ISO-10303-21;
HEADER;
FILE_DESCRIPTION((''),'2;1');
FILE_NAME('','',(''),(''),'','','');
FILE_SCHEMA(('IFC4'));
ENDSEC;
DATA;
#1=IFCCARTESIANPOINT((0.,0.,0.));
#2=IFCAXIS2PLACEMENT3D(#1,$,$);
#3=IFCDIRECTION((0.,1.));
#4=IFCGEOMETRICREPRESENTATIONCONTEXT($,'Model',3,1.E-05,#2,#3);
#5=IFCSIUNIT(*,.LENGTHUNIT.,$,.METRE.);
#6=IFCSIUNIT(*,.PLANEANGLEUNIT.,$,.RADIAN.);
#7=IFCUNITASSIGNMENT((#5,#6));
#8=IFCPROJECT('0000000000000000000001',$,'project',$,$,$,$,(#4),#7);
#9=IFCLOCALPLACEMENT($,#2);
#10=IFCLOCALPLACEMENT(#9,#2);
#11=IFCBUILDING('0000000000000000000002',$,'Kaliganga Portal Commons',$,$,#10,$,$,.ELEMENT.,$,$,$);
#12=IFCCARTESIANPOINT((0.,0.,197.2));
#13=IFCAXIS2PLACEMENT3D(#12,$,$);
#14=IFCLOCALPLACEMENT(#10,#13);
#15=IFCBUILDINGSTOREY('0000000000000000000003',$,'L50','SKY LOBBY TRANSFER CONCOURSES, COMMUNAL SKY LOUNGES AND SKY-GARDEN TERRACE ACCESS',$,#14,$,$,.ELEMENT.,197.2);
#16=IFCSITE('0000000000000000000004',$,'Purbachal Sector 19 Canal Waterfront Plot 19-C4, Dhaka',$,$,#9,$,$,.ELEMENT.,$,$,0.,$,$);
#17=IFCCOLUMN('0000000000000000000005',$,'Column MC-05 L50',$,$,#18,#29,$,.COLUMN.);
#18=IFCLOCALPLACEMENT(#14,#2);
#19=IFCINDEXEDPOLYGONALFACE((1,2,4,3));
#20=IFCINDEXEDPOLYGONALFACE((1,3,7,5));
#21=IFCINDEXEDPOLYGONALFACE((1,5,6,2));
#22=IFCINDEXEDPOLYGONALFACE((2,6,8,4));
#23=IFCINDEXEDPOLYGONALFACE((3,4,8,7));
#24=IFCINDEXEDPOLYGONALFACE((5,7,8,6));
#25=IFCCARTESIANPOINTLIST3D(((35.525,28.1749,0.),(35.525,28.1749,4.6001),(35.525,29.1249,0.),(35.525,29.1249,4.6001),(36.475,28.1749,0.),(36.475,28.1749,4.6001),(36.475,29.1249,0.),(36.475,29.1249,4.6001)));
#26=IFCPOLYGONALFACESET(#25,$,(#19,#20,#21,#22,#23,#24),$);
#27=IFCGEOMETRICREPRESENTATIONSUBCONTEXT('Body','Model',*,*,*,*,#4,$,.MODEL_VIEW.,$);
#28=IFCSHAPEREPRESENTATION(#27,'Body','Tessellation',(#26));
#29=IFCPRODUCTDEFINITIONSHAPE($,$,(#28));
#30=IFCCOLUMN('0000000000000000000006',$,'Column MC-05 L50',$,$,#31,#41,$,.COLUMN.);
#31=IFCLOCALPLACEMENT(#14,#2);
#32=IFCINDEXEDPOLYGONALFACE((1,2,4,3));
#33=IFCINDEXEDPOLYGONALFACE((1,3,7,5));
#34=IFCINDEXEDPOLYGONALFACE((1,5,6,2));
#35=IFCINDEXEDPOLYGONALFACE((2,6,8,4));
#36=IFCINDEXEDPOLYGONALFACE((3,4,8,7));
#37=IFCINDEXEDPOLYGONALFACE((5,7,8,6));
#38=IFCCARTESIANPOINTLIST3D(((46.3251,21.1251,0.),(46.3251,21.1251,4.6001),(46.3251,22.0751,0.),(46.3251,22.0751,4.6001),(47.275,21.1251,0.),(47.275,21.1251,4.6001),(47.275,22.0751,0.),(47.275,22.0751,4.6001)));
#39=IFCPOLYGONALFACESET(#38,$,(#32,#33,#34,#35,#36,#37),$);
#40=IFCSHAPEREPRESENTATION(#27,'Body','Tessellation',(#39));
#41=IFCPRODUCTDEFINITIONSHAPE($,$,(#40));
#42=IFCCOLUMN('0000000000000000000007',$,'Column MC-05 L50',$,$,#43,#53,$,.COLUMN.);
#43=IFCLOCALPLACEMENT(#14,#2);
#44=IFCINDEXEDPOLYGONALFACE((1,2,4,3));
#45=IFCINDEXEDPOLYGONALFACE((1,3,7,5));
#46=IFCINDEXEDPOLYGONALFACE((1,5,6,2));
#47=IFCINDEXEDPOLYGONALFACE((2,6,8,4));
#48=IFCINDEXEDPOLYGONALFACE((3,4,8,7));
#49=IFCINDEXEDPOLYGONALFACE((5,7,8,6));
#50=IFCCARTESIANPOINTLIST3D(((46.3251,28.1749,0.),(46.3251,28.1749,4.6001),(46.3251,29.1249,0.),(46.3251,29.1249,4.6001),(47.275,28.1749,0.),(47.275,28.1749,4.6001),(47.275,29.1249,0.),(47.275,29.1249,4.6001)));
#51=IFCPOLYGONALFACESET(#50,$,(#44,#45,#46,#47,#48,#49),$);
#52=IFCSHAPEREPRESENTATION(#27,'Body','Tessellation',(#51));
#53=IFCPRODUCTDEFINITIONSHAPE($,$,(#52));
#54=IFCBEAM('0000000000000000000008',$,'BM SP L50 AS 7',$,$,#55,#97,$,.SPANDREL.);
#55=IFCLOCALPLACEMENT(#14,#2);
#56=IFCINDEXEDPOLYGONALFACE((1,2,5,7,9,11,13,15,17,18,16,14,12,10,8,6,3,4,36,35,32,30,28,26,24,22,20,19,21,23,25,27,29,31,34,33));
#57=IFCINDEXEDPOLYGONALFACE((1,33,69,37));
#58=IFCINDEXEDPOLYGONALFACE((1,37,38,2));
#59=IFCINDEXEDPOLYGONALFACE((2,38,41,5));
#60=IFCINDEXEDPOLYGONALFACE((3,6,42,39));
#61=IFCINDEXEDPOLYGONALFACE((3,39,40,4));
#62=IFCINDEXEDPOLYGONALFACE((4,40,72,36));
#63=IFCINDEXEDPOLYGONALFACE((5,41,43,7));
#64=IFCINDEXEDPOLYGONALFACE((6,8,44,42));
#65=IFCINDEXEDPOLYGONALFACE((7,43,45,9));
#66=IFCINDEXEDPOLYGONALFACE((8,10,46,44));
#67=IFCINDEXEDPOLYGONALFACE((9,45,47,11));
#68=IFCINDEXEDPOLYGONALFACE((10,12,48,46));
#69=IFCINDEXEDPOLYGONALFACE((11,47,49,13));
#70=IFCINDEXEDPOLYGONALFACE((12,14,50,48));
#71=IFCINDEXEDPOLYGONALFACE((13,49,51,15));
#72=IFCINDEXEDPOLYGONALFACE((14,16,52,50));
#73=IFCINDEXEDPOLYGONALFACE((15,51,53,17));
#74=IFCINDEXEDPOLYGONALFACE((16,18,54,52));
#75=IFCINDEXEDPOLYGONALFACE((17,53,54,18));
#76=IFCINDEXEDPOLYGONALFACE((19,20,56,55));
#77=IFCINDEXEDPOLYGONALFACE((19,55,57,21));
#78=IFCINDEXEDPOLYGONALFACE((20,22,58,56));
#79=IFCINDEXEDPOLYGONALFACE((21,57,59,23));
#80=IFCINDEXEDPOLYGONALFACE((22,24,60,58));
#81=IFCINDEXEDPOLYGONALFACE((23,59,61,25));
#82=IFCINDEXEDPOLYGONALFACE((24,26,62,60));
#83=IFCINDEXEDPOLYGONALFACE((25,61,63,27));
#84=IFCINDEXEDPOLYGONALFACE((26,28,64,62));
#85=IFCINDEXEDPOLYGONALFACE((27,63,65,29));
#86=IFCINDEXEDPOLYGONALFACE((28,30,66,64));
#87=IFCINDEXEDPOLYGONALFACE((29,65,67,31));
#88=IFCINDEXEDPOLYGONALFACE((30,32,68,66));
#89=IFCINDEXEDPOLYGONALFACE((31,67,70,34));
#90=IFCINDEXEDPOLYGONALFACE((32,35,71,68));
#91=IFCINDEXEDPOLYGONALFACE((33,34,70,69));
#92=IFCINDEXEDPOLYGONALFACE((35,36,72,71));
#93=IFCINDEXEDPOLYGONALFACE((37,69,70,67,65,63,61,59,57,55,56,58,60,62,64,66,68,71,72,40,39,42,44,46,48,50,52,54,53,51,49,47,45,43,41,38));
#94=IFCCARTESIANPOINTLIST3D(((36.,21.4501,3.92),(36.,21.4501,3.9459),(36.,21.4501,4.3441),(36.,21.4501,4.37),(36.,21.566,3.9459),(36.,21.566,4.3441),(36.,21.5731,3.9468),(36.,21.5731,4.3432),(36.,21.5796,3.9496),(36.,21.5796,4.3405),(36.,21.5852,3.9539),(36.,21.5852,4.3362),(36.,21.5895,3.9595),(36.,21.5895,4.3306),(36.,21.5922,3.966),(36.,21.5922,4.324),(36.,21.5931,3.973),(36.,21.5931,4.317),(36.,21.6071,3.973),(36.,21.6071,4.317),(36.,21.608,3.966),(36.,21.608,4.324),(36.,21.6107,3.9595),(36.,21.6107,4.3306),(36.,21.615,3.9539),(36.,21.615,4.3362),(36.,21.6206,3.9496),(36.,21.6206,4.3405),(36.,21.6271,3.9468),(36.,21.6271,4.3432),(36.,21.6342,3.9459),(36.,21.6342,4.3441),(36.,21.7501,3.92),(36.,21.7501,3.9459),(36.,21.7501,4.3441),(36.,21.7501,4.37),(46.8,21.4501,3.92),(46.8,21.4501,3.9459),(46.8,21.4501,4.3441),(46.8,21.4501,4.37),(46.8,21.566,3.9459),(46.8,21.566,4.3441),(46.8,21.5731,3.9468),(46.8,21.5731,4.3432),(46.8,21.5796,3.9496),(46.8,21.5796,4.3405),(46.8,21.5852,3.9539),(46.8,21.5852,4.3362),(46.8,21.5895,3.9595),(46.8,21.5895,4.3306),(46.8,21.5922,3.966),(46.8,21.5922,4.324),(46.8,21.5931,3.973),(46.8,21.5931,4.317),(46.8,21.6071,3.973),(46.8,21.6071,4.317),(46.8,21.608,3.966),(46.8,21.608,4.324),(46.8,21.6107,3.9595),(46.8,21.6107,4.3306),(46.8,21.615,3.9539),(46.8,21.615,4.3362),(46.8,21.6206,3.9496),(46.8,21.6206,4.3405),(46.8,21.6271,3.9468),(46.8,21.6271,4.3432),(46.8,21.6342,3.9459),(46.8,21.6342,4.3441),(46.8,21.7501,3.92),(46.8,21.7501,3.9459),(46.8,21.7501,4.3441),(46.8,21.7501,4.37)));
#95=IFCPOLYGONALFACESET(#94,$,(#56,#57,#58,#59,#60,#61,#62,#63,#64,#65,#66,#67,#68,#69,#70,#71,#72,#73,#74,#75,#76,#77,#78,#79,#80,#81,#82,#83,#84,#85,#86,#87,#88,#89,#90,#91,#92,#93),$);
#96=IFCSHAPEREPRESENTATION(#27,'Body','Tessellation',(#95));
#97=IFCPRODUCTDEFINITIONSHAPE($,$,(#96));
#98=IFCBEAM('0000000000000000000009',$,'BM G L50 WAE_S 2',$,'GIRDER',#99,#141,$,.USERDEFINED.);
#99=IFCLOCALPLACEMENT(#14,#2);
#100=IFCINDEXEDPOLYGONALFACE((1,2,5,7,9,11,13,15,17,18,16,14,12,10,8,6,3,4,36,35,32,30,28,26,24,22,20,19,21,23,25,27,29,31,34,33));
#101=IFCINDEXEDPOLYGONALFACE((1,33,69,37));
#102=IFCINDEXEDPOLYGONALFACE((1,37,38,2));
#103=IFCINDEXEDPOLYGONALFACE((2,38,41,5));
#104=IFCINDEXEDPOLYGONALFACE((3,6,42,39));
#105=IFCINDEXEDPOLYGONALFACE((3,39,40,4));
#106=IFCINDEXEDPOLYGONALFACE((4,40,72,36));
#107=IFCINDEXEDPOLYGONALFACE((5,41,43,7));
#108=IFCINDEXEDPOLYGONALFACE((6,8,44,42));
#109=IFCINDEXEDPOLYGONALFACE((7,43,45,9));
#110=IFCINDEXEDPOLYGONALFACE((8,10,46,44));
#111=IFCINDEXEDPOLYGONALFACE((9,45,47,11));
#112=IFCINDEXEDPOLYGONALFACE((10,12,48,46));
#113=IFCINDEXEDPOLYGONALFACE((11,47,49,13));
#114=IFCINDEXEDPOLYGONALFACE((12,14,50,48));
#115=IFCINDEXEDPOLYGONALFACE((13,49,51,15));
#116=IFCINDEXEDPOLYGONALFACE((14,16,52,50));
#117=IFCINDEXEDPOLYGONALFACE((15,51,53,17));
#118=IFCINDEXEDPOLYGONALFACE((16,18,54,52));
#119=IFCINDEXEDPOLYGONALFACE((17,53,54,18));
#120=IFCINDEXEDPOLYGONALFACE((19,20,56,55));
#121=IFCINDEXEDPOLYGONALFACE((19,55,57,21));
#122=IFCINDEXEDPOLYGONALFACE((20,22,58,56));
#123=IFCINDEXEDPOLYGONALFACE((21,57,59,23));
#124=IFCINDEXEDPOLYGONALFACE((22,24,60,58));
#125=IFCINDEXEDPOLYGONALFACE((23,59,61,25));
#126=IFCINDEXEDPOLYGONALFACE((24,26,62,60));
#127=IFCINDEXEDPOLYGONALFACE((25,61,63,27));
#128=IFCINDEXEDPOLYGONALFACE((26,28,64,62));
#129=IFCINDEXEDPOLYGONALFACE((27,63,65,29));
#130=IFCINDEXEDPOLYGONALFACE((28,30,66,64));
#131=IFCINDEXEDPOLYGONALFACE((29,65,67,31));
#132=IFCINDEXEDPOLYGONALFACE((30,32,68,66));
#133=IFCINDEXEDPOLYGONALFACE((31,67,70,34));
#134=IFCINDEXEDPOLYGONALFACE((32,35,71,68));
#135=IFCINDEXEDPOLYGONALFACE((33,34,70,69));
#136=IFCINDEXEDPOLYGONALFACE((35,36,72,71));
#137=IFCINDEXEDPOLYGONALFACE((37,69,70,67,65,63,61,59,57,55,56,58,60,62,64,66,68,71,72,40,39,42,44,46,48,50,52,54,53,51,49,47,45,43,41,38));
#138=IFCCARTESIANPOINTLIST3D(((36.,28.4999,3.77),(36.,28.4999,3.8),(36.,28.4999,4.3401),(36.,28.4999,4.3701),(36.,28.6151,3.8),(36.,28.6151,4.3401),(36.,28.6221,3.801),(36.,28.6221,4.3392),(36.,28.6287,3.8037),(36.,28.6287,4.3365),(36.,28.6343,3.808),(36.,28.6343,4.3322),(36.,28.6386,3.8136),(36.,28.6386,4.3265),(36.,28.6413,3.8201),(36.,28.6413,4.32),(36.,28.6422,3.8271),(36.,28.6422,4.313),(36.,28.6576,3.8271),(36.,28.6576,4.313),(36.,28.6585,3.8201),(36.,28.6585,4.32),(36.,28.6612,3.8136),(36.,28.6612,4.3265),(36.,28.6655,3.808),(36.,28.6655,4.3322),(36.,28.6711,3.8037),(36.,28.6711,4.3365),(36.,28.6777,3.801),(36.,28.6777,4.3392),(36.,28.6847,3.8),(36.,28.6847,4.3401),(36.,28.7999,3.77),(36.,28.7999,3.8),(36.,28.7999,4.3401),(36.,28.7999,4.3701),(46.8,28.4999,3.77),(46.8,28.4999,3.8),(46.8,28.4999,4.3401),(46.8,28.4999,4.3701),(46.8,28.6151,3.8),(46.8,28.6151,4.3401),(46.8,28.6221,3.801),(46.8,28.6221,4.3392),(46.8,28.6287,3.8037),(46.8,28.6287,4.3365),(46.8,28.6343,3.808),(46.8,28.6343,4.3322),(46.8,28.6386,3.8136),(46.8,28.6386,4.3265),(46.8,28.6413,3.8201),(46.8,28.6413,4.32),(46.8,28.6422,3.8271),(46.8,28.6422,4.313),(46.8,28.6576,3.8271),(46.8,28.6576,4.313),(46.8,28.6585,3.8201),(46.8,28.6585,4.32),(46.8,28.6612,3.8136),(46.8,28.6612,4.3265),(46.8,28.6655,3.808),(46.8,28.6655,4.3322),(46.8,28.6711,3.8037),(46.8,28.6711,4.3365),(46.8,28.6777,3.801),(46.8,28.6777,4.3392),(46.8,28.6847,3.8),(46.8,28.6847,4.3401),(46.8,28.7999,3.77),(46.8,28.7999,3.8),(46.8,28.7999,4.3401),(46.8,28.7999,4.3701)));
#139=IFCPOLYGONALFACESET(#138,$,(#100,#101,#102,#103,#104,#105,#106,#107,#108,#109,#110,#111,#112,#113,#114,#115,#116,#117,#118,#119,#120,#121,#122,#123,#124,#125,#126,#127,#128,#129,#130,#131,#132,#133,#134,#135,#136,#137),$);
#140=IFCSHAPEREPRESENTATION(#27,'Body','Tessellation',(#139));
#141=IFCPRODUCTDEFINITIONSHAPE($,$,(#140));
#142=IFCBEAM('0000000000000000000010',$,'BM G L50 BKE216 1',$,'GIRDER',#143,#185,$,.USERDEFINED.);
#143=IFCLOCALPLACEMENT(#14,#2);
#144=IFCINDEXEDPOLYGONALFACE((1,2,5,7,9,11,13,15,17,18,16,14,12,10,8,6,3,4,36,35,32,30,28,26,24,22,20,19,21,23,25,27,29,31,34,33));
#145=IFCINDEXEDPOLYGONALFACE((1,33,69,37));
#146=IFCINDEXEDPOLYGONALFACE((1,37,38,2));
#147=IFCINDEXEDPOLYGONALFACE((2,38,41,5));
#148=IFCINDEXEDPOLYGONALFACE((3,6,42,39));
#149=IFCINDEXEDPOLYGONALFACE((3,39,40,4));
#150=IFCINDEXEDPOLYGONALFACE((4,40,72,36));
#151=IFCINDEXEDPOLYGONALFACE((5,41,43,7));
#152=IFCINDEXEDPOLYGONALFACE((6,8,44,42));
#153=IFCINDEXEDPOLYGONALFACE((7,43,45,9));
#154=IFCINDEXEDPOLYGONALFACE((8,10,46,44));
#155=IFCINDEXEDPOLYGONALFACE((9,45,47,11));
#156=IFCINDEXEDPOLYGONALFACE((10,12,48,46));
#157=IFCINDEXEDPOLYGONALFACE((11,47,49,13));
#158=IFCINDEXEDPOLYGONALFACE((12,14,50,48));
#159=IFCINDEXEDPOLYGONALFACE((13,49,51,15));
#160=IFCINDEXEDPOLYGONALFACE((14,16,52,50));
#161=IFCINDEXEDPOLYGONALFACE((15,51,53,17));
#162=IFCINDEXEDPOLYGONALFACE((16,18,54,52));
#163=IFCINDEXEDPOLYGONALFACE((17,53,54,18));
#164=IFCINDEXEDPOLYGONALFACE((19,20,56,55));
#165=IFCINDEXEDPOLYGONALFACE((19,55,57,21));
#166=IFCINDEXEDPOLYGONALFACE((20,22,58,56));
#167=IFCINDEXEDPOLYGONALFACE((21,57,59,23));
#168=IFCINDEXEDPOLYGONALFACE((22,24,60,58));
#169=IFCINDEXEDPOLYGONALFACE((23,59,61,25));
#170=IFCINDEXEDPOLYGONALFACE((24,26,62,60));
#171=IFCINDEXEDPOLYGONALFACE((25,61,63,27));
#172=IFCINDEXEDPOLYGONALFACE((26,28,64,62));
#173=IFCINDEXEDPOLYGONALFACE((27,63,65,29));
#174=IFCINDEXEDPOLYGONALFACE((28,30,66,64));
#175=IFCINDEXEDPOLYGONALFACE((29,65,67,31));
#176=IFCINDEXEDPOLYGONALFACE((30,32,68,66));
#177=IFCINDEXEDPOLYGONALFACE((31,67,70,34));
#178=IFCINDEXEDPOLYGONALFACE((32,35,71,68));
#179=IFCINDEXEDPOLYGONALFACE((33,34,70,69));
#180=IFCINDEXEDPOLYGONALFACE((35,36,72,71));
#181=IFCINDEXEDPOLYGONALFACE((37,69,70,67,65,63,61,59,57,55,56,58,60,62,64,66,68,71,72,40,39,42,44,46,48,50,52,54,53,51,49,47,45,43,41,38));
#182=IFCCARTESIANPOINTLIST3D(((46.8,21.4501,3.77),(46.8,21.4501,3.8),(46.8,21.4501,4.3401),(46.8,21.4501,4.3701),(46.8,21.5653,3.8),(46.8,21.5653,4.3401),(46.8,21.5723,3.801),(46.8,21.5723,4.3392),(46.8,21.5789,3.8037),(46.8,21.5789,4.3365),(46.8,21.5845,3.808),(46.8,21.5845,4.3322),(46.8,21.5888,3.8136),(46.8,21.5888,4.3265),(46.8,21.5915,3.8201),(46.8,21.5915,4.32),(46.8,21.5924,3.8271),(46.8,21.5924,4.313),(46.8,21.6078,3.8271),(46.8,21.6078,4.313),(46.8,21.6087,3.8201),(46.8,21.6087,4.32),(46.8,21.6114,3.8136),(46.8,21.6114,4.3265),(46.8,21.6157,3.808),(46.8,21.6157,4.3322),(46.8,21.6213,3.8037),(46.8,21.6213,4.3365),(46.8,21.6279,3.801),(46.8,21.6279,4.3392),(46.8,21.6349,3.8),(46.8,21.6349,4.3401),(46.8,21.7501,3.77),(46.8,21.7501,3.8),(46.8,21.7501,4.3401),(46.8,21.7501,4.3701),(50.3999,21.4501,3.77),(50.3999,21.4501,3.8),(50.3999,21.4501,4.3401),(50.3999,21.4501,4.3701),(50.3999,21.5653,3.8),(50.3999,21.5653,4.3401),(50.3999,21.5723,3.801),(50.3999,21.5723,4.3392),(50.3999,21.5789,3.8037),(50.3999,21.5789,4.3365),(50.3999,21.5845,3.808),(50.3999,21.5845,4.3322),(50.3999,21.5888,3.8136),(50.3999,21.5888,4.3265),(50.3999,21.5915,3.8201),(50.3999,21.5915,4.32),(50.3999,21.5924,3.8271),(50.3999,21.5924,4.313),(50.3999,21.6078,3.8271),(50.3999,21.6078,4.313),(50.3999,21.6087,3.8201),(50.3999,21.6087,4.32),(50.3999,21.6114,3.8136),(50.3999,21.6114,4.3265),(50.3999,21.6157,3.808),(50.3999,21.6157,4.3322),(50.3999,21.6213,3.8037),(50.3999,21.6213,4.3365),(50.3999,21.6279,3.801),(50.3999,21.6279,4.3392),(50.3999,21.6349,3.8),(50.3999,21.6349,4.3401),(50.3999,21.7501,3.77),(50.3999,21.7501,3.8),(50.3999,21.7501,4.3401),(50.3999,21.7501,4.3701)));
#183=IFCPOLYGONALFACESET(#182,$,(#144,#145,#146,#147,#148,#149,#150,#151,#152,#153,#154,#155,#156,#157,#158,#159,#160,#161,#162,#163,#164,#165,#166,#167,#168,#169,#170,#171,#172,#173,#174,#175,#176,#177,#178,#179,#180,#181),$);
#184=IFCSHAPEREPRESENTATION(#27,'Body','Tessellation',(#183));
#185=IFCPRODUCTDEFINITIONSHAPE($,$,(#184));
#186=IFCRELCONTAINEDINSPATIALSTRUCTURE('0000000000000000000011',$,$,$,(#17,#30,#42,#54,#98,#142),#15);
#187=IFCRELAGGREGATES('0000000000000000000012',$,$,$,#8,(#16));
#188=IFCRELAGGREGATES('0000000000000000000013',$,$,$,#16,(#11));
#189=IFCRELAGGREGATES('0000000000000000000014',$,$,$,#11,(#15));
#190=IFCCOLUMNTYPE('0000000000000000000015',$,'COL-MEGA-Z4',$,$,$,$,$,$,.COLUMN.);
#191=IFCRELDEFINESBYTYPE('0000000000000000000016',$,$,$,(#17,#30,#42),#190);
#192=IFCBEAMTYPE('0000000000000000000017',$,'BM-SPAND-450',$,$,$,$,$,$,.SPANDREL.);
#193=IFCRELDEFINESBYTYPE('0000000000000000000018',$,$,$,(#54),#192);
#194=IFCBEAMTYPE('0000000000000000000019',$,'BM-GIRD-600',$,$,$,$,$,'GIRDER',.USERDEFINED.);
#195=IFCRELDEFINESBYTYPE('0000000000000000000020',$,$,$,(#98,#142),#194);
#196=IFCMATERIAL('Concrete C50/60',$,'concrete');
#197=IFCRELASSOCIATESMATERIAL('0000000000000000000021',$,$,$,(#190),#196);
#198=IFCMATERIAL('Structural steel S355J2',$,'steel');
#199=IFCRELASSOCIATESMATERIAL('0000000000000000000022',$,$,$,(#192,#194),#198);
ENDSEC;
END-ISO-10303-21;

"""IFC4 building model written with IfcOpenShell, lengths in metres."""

from ifc_helpers import new_model, si_unit, direction, frame, origin, origin_2d, place, context, subcontext, project, spatial, rectangle, i_section, extrude, source, transform, mapped, material, material_profile, profile_set, type_object, element, save


model = new_model("IFC4")

# Units and contexts
model_context = context("Model", 3, precision=1e-05, world=origin(), true_north=direction((0.0, 1.0)))
body_context = subcontext(model_context, "Body", "Model", "MODEL_VIEW")
ifc_project = project(units=[si_unit("LENGTHUNIT", "METRE"), si_unit("PLANEANGLEUNIT", "RADIAN")], contexts=[model_context])

# Site, building, storey
site_placement = place(None, origin())
site = spatial("IfcSite", under=ifc_project, at=site_placement, Name="Purbachal Sector 19 Canal Waterfront Plot 19-C4, Dhaka", CompositionType="ELEMENT", RefElevation=0.0)
building_placement = place(site_placement, origin())
building = spatial("IfcBuilding", under=site, at=building_placement, Name="Kaliganga Portal Commons", CompositionType="ELEMENT")
storey_placement = place(building_placement, frame((0.0, 0.0, 197.2)))
storey = spatial("IfcBuildingStorey", under=building, at=storey_placement, Name="L50", Description="SKY LOBBY TRANSFER CONCOURSES, COMMUNAL SKY LOUNGES AND SKY-GARDEN TERRACE ACCESS", CompositionType="ELEMENT", Elevation=197.2)

# Columns
ifc_material_1 = material(Name="Concrete C50/60", Category="concrete")
ifc_material_profile_1 = material_profile(ifc_material_1, rectangle(XDim=0.95, YDim=0.95, at=origin_2d()), Name="RC 950x950")
ifc_profile_set_1 = profile_set([ifc_material_profile_1], Name="Concrete C50/60")
column_type = type_object("IfcColumnType", Name="COL-MEGA-Z4", PredefinedType="COLUMN", material=ifc_profile_set_1)
shared_shape_1 = source(origin(), body_context, "Body", "SweptSolid", [
    extrude(rectangle(XDim=0.95, YDim=0.95, at=origin_2d()), origin(), (0.0, 0.0, 1.0), 4.6001),
])
for number, where, z_axis, x_axis, name in (
    (1, (36.0, 28.6499, 0.0), (0.0, 0.0, 1.0), (1.0, 0.0, 0.0), "Column MC-05 L50"),
    (2, (46.8, 21.6001, 0.0), (0.0, 0.0, 1.0), (1.0, 0.0, 0.0), "Column MC-05 L50"),
    (3, (46.8, 28.6499, 0.0), (0.0, 0.0, 1.0), (1.0, 0.0, 0.0), "Column MC-05 L50"),
):
    element("IfcColumn", number, at=place(storey_placement, frame(where, z_axis=z_axis, x_axis=x_axis)), inside=storey, type_object=column_type, Name=name, PredefinedType="COLUMN", context=body_context, shape_type="MappedRepresentation", body=[
        mapped(shared_shape_1, transform((0.0, 0.0, 0.0), x_axis=(1.0, 0.0, 0.0), y_axis=(0.0, 1.0, 0.0), z_axis=(0.0, 0.0, 1.0), scale=1.0)),
    ])

# Beams
ifc_material_2 = material(Name="Structural steel S355J2", Category="steel")
ifc_material_profile_2 = material_profile(ifc_material_2, i_section(OverallWidth=0.3, OverallDepth=0.45, WebThickness=0.0139, FlangeThickness=0.0259, FilletRadius=0.0271, at=origin_2d()), Name="HE 450 B")
ifc_profile_set_2 = profile_set([ifc_material_profile_2], Name="Structural steel S355J2 wide-flange")
beam_type_1 = type_object("IfcBeamType", Name="BM-SPAND-450", PredefinedType="SPANDREL", material=ifc_profile_set_2)
shared_shape_2 = source(origin(), body_context, "Body", "SweptSolid", [
    extrude(i_section(OverallWidth=0.3, OverallDepth=0.45, WebThickness=0.0139, FlangeThickness=0.0259, FilletRadius=0.0271, at=origin_2d()), origin(), (0.0, 0.0, 1.0), 10.8),
])
beam_1_placement = place(storey_placement, frame((36.0, 21.6001, 4.145), z_axis=(1.0, 0.0, 0.0), x_axis=(0.0, 1.0, 0.0)))
element("IfcBeam", 4, at=beam_1_placement, inside=storey, type_object=beam_type_1, Name="BM SP L50 AS 7", PredefinedType="SPANDREL", context=body_context, shape_type="MappedRepresentation", body=[
    mapped(shared_shape_2, transform((0.0, 0.0, 0.0), x_axis=(1.0, 0.0, 0.0), y_axis=(0.0, 1.0, 0.0), z_axis=(0.0, 0.0, 1.0), scale=1.0)),
])
ifc_material_profile_3 = material_profile(ifc_material_2, i_section(OverallWidth=0.3, OverallDepth=0.6001, WebThickness=0.0154, FlangeThickness=0.03, FilletRadius=0.0271, at=origin_2d()), Name="HE 600 B")
ifc_profile_set_3 = profile_set([ifc_material_profile_3], Name="Structural steel S355J2 wide-flange")
beam_type_2 = type_object("IfcBeamType", Name="BM-GIRD-600", ElementType="GIRDER", PredefinedType="USERDEFINED", material=ifc_profile_set_3)
shared_shape_3 = source(origin(), body_context, "Body", "SweptSolid", [
    extrude(i_section(OverallWidth=0.3, OverallDepth=0.6001, WebThickness=0.0154, FlangeThickness=0.03, FilletRadius=0.0271, at=origin_2d()), origin(), (0.0, 0.0, 1.0), 10.8),
])
beam_2_placement = place(storey_placement, frame((36.0, 28.6499, 4.0701), z_axis=(1.0, 0.0, 0.0), x_axis=(0.0, 1.0, 0.0)))
element("IfcBeam", 5, at=beam_2_placement, inside=storey, type_object=beam_type_2, Name="BM G L50 WAE_S 2", ObjectType="GIRDER", PredefinedType="USERDEFINED", context=body_context, shape_type="MappedRepresentation", body=[
    mapped(shared_shape_3, transform((0.0, 0.0, 0.0), x_axis=(1.0, 0.0, 0.0), y_axis=(0.0, 1.0, 0.0), z_axis=(0.0, 0.0, 1.0), scale=1.0)),
])
shared_shape_4 = source(origin(), body_context, "Body", "SweptSolid", [
    extrude(i_section(OverallWidth=0.3, OverallDepth=0.6001, WebThickness=0.0154, FlangeThickness=0.03, FilletRadius=0.0271, at=origin_2d()), origin(), (0.0, 0.0, 1.0), 3.5999),
])
beam_3_placement = place(storey_placement, frame((46.8, 21.6001, 4.0701), z_axis=(1.0, 0.0, 0.0), x_axis=(0.0, 1.0, 0.0)))
element("IfcBeam", 6, at=beam_3_placement, inside=storey, type_object=beam_type_2, Name="BM G L50 BKE216 1", ObjectType="GIRDER", PredefinedType="USERDEFINED", context=body_context, shape_type="MappedRepresentation", body=[
    mapped(shared_shape_4, transform((0.0, 0.0, 0.0), x_axis=(1.0, 0.0, 0.0), y_axis=(0.0, 1.0, 0.0), z_axis=(0.0, 0.0, 1.0), scale=1.0)),
])

save(model, "model.ifc")
